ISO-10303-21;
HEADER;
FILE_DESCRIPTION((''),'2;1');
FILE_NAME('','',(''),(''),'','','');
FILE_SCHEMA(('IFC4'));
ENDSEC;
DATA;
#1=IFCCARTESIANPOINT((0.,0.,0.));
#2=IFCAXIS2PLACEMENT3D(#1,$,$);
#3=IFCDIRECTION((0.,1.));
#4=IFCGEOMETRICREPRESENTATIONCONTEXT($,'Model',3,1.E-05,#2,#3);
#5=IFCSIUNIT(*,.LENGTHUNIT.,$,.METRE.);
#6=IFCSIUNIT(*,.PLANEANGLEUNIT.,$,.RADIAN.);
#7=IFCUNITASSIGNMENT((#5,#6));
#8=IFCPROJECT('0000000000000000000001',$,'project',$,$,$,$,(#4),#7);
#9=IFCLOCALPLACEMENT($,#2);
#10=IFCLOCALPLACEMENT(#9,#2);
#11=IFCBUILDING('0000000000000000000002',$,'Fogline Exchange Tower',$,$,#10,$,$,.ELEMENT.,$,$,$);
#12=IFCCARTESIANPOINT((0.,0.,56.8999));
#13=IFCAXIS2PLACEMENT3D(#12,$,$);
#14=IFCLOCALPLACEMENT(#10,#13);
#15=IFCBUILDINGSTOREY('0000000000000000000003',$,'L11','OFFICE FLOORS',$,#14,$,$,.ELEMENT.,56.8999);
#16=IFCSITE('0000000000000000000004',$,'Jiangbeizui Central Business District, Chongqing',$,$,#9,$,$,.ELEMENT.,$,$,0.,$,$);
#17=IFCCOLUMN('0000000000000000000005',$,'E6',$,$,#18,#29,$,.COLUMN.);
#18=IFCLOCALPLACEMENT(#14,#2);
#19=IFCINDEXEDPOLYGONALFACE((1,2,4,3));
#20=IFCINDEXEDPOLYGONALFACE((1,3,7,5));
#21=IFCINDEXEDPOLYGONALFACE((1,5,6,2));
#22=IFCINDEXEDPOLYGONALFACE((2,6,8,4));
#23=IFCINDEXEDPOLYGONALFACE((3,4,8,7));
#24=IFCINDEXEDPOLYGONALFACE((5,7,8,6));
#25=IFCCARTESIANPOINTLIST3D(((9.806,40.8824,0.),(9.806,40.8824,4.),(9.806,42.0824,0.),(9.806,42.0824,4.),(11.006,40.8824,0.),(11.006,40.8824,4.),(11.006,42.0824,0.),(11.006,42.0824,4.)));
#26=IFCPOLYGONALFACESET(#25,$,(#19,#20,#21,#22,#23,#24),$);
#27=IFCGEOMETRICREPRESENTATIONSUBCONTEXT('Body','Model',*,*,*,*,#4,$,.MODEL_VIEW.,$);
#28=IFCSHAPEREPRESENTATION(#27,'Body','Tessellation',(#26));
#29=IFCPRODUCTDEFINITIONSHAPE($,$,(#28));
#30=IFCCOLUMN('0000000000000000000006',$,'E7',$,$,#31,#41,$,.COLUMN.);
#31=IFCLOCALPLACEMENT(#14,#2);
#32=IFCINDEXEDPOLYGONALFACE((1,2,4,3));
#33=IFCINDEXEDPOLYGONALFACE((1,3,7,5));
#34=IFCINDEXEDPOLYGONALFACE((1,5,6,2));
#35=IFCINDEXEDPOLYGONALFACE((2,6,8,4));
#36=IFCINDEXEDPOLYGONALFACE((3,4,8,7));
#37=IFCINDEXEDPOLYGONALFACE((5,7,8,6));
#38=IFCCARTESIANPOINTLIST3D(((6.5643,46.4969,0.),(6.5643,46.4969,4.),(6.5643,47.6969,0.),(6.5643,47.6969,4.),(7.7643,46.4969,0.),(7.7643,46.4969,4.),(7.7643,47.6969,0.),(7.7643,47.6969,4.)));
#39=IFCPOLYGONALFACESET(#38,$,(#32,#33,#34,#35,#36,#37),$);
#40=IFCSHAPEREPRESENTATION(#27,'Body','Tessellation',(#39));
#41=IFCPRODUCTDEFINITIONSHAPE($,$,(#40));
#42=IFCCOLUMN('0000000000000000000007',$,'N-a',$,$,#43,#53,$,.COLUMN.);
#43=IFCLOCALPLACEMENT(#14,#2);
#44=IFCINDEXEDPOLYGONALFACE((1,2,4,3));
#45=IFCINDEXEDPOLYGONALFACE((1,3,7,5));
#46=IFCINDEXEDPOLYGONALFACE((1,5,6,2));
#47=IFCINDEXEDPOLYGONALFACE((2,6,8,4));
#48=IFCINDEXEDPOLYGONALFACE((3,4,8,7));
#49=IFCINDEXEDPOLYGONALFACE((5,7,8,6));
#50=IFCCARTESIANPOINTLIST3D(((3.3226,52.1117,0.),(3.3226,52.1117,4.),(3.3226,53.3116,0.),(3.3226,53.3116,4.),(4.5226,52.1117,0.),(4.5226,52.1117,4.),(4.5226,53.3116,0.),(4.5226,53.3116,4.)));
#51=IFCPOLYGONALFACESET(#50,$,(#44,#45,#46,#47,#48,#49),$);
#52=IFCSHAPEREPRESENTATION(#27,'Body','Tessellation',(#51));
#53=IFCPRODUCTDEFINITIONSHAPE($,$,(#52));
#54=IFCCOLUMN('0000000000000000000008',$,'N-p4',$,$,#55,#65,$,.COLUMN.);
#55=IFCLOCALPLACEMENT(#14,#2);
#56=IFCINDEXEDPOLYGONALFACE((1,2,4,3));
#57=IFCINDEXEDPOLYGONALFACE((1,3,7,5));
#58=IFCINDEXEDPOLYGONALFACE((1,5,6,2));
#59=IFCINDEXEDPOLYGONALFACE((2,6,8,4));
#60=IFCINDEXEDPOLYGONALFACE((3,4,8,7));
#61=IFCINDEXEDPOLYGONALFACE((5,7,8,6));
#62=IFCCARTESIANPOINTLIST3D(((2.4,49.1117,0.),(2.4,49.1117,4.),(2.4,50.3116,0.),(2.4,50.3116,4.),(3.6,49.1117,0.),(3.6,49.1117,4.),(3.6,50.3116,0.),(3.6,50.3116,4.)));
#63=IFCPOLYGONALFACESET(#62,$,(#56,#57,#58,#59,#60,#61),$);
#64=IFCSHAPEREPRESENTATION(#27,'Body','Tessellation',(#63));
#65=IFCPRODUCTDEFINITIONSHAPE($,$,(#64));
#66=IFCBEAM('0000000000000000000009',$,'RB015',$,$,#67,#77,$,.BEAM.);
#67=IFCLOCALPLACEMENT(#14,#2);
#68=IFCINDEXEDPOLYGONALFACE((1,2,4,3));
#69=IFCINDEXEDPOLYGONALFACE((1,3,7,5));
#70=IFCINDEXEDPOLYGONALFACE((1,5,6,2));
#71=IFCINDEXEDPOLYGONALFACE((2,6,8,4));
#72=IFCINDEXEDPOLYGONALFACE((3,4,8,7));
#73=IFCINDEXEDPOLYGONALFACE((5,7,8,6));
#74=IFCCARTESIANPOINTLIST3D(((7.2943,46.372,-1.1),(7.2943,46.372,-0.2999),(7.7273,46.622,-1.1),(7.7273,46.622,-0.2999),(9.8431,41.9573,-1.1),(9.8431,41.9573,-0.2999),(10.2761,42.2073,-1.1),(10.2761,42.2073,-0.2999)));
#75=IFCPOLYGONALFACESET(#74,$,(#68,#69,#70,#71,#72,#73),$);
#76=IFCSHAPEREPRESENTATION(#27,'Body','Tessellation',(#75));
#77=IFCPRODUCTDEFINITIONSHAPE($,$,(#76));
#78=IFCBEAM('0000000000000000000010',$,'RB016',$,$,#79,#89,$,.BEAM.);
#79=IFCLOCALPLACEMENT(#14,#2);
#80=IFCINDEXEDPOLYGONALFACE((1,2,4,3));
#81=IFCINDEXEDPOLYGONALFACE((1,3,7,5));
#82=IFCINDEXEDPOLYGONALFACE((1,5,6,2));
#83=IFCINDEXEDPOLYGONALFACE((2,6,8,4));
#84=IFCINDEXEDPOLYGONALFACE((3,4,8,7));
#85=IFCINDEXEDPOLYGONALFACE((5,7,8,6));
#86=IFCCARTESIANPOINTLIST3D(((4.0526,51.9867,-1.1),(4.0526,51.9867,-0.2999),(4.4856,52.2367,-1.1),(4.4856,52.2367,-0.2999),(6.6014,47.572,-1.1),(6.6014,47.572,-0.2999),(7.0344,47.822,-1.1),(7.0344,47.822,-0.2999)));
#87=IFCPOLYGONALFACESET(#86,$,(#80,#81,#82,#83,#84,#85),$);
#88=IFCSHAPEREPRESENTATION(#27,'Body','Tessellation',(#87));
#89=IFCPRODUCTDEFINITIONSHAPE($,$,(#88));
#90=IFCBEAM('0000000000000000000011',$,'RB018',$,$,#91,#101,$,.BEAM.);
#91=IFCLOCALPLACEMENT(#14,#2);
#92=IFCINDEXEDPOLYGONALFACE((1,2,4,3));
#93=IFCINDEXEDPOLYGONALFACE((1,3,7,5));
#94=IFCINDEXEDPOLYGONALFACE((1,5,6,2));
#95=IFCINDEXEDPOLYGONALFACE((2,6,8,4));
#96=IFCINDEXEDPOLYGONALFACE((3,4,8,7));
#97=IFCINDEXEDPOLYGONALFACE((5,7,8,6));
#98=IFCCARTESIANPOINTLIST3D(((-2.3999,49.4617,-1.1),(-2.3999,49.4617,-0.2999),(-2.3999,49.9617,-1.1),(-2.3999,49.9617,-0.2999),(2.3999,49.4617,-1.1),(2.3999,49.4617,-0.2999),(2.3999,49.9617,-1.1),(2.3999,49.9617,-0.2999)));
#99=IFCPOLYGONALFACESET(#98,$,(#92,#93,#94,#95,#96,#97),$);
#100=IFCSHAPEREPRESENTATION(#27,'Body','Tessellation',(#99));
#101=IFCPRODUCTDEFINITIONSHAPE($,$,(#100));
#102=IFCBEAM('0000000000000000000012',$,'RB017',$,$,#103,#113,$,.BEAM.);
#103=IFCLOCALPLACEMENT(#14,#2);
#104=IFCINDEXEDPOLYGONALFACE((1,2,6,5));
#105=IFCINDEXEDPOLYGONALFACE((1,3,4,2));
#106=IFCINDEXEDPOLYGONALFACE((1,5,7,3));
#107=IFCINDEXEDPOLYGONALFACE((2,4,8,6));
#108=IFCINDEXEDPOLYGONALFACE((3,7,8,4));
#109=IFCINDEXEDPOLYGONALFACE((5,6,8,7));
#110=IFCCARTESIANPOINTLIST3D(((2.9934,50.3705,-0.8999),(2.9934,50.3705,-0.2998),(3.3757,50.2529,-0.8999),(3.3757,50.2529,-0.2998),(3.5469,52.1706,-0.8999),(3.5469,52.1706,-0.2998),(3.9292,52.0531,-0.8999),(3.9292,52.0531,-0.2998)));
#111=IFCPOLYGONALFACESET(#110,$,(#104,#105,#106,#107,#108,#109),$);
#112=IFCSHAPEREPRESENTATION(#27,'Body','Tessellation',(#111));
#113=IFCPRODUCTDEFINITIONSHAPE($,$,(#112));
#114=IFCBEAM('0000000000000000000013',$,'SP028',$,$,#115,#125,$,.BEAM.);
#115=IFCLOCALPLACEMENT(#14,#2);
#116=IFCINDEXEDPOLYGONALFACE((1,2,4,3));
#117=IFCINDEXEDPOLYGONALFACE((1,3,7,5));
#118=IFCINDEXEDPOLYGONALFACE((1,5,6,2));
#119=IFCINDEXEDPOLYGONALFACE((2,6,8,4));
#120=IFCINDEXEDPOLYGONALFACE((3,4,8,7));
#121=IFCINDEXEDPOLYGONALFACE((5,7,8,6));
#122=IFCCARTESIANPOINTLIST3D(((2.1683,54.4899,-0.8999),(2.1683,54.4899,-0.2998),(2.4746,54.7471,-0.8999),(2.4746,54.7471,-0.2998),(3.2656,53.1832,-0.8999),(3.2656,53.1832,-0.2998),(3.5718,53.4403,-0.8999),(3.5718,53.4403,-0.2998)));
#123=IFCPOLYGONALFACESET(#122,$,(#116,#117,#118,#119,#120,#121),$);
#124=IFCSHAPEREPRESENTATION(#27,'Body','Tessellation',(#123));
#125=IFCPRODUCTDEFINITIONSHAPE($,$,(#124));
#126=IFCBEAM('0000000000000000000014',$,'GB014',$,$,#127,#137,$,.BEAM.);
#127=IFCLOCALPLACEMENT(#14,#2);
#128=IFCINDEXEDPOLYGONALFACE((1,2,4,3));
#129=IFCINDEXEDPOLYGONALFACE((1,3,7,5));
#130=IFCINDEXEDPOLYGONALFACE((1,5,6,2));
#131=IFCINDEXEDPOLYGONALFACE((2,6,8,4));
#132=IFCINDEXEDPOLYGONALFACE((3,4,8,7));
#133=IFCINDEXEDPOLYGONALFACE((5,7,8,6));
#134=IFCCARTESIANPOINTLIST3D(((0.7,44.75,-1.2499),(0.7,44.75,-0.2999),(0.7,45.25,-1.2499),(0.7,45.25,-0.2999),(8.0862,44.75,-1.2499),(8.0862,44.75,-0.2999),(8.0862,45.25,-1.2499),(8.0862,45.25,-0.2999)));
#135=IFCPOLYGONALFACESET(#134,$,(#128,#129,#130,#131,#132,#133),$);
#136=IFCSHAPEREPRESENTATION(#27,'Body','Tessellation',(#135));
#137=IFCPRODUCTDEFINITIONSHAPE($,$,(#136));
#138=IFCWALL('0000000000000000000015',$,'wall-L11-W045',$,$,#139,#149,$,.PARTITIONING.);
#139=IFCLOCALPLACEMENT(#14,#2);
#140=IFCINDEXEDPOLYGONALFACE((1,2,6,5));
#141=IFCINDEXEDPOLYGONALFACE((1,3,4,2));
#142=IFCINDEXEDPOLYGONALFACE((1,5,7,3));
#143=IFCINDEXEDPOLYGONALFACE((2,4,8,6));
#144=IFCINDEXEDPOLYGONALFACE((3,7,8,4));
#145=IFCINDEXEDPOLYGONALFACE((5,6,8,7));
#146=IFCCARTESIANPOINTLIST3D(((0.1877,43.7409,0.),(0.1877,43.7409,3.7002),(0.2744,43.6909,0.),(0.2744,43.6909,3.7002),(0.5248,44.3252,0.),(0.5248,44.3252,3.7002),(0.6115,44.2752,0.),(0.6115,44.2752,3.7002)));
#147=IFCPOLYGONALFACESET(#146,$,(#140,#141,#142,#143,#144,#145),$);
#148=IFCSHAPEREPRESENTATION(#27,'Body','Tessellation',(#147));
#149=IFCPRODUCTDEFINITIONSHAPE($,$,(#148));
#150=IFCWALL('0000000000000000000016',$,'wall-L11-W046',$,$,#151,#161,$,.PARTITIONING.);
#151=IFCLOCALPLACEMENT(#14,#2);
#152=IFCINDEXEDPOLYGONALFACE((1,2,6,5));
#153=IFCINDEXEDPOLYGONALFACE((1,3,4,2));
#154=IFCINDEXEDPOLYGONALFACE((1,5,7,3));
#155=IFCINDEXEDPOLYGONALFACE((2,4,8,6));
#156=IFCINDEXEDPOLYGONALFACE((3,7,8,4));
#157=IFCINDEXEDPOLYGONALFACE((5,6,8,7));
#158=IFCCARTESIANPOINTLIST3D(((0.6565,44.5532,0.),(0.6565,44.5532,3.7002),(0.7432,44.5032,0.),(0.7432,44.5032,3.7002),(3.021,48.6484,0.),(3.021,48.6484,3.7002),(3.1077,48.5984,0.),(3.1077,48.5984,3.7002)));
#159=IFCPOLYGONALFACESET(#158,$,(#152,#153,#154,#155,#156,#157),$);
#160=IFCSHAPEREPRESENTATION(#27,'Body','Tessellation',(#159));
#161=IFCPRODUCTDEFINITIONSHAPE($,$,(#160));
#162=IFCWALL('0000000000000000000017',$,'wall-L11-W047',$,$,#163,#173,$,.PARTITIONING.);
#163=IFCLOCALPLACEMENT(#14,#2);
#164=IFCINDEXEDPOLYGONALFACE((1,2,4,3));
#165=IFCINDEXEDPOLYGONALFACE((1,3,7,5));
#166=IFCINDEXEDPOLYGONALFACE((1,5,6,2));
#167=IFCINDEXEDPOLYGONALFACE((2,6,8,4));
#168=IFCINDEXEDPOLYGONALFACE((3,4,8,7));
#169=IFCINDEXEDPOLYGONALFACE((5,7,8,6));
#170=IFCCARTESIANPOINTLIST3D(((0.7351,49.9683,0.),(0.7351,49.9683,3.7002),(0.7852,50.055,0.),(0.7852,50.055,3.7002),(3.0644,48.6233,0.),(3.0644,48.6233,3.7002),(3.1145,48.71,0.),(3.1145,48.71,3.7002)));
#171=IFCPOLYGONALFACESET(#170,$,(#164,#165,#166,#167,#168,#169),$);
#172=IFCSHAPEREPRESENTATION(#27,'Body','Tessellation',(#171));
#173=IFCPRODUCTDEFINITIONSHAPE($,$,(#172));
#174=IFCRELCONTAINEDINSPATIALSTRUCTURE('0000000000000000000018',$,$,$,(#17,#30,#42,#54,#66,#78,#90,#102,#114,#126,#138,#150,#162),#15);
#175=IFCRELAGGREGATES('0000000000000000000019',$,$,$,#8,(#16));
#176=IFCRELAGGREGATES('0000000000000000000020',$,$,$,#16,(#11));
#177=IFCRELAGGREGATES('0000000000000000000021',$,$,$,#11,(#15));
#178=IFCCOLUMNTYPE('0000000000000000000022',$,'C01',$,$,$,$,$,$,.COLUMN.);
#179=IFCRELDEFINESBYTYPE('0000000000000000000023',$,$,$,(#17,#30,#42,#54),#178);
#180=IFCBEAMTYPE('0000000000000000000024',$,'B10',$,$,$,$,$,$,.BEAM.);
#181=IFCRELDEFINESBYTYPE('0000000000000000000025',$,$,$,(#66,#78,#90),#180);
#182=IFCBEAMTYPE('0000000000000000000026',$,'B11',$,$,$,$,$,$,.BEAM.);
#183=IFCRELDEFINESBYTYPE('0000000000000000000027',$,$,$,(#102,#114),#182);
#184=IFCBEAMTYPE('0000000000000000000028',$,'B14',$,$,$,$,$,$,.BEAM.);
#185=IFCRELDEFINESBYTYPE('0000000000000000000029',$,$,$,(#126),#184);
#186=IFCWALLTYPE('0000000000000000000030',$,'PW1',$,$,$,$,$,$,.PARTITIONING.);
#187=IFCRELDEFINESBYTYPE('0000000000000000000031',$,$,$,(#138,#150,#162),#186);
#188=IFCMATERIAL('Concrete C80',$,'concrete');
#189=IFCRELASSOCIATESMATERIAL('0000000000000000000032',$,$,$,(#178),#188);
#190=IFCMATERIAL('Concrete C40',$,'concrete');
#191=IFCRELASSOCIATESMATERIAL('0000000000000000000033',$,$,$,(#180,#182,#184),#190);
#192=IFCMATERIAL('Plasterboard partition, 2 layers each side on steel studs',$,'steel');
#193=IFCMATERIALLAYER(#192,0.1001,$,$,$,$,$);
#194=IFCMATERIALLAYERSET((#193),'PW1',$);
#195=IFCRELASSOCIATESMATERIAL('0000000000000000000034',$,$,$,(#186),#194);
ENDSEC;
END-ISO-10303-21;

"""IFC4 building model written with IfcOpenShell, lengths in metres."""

from ifc_helpers import new_model, si_unit, direction, frame, frame_2d, origin, origin_2d, place, context, subcontext, project, spatial, rectangle, extrude, material, layer, layer_set, material_profile, profile_set, type_object, element, save


model = new_model("IFC4")

# Units and contexts
model_context = context("Model", 3, precision=1e-05, world=origin(), true_north=direction((0.0, 1.0)))
body_context = subcontext(model_context, "Body", "Model", "MODEL_VIEW")
ifc_project = project(units=[si_unit("LENGTHUNIT", "METRE"), si_unit("PLANEANGLEUNIT", "RADIAN")], contexts=[model_context])

# Site, building, storey
site_placement = place(None, origin())
site = spatial("IfcSite", under=ifc_project, at=site_placement, Name="Jiangbeizui Central Business District, Chongqing", CompositionType="ELEMENT", RefElevation=0.0)
building_placement = place(site_placement, origin())
building = spatial("IfcBuilding", under=site, at=building_placement, Name="Fogline Exchange Tower", CompositionType="ELEMENT")
storey_placement = place(building_placement, frame((0.0, 0.0, 56.8999)))
storey = spatial("IfcBuildingStorey", under=building, at=storey_placement, Name="L11", Description="OFFICE FLOORS", CompositionType="ELEMENT", Elevation=56.8999)

# Columns
ifc_material_1 = material(Name="Concrete C80", Category="concrete")
ifc_material_profile_1 = material_profile(ifc_material_1, rectangle(XDim=1.2, YDim=1.2, at=origin_2d()), Name="RC 1200x1200")
ifc_profile_set_1 = profile_set([ifc_material_profile_1], Name="Concrete C80")
column_type = type_object("IfcColumnType", Name="C01", PredefinedType="COLUMN", material=ifc_profile_set_1)
for number, where, z_axis, x_axis, name in (
    (1, (10.406, 41.4824, 0.0), (0.0, 0.0, 1.0), (1.0, 0.0, 0.0), "E6"),
    (2, (7.1643, 47.0969, 0.0), (0.0, 0.0, 1.0), (1.0, 0.0, 0.0), "E7"),
    (3, (3.9226, 52.7117, 0.0), (0.0, 0.0, 1.0), (1.0, 0.0, 0.0), "N-a"),
    (4, (3.0, 49.7117, 0.0), (0.0, 0.0, 1.0), (1.0, 0.0, 0.0), "N-p4"),
):
    element("IfcColumn", number, at=place(storey_placement, frame(where, z_axis=z_axis, x_axis=x_axis)), inside=storey, type_object=column_type, Name=name, PredefinedType="COLUMN", context=body_context, shape_type="SweptSolid", body=[
        extrude(rectangle(XDim=1.2, YDim=1.2, at=origin_2d()), origin(), (0.0, 0.0, 1.0), 4.0),
    ])

# Beams
ifc_material_2 = material(Name="Concrete C40", Category="concrete")
ifc_material_profile_2 = material_profile(ifc_material_2, rectangle(XDim=0.5, YDim=0.8, at=origin_2d()), Name="RC 500x800")
ifc_profile_set_2 = profile_set([ifc_material_profile_2], Name="Concrete C40")
beam_type_1 = type_object("IfcBeamType", Name="B10", PredefinedType="BEAM", material=ifc_profile_set_2)
for number, where, z_axis, x_axis, name in (
    (5, (10.0596, 42.0823, -0.7), (-0.499992, 0.86603, 0.0), (-0.86603, -0.499992, 0.0), "RB015"),
    (6, (6.8179, 47.697, -0.7), (-0.499992, 0.86603, 0.0), (-0.86603, -0.499992, 0.0), "RB016"),
):
    element("IfcBeam", number, at=place(storey_placement, frame(where, z_axis=z_axis, x_axis=x_axis)), inside=storey, type_object=beam_type_1, Name=name, PredefinedType="BEAM", context=body_context, shape_type="SweptSolid", body=[
        extrude(rectangle(XDim=0.5, YDim=0.8, at=origin_2d()), origin(), (0.0, 0.0, 1.0), 5.0977),
    ])
beam_1_placement = place(storey_placement, frame((2.3999, 49.7117, -0.7), z_axis=(-1.0, 0.0, 0.0), x_axis=(0.0, -1.0, 0.0)))
element("IfcBeam", 7, at=beam_1_placement, inside=storey, type_object=beam_type_1, Name="RB018", PredefinedType="BEAM", context=body_context, shape_type="SweptSolid", body=[
    extrude(rectangle(XDim=0.5, YDim=0.8, at=origin_2d()), origin(), (0.0, 0.0, 1.0), 4.7998),
])
ifc_material_profile_3 = material_profile(ifc_material_2, rectangle(XDim=0.3999, YDim=0.6001, at=origin_2d()), Name="RC 400x600")
ifc_profile_set_3 = profile_set([ifc_material_profile_3], Name="Concrete C40")
beam_type_2 = type_object("IfcBeamType", Name="B11", PredefinedType="BEAM", material=ifc_profile_set_3)
beam_2_placement = place(storey_placement, frame((3.738, 52.1118, -0.5999), z_axis=(-0.293895, -0.955838, 0.0), x_axis=(0.955838, -0.293895, 0.0)))
element("IfcBeam", 8, at=beam_2_placement, inside=storey, type_object=beam_type_2, Name="RB017", PredefinedType="BEAM", context=body_context, shape_type="SweptSolid", body=[
    extrude(rectangle(XDim=0.3999, YDim=0.6001, at=origin_2d()), origin(), (0.0, 0.0, 1.0), 1.8833),
])
beam_3_placement = place(storey_placement, frame((3.4187, 53.3118, -0.5999), z_axis=(-0.643051, 0.765823, 0.0), x_axis=(-0.765823, -0.643051, 0.0)))
element("IfcBeam", 9, at=beam_3_placement, inside=storey, type_object=beam_type_2, Name="SP028", PredefinedType="BEAM", context=body_context, shape_type="SweptSolid", body=[
    extrude(rectangle(XDim=0.3999, YDim=0.6001, at=origin_2d()), origin(), (0.0, 0.0, 1.0), 1.7063),
])
ifc_material_profile_4 = material_profile(ifc_material_2, rectangle(XDim=0.5, YDim=0.95, at=origin_2d()), Name="RC 500x950")
ifc_profile_set_4 = profile_set([ifc_material_profile_4], Name="Concrete C40")
beam_type_3 = type_object("IfcBeamType", Name="B14", PredefinedType="BEAM", material=ifc_profile_set_4)
beam_4_placement = place(storey_placement, frame((0.7, 45.0, -0.7749), z_axis=(1.0, 0.0, 0.0), x_axis=(0.0, 1.0, 0.0)))
element("IfcBeam", 10, at=beam_4_placement, inside=storey, type_object=beam_type_3, Name="GB014", PredefinedType="BEAM", context=body_context, shape_type="SweptSolid", body=[
    extrude(rectangle(XDim=0.5, YDim=0.95, at=origin_2d()), origin(), (0.0, 0.0, 1.0), 7.3862),
])

# Walls
ifc_material_3 = material(Name="Plasterboard partition, 2 layers each side on steel studs", Category="steel")
ifc_layer_1 = layer(ifc_material_3, 0.1001)
ifc_layer_set_1 = layer_set([ifc_layer_1], Name="PW1")
wall_type_1 = type_object("IfcWallType", Name="PW1", PredefinedType="PARTITIONING", material=ifc_layer_set_1)
wall_1_placement = place(storey_placement, frame((0.231, 43.7158, 0.0), z_axis=(0.0, 0.0, 1.0), x_axis=(0.499837, 0.866119, 0.0)))
element("IfcWall", 11, at=wall_1_placement, inside=storey, type_object=wall_type_1, Name="wall-L11-W045", PredefinedType="PARTITIONING", context=body_context, shape_type="SweptSolid", body=[
    extrude(rectangle(XDim=0.6746, YDim=0.1001, at=frame_2d((0.3374, 0.0))), origin(), (0.0, 0.0, 1.0), 3.7002),
])
wall_2_placement = place(storey_placement, frame((0.7, 44.5283, 0.0), z_axis=(0.0, 0.0, 1.0), x_axis=(0.50002, 0.866014, 0.0)))
element("IfcWall", 12, at=wall_2_placement, inside=storey, type_object=wall_type_1, Name="wall-L11-W046", PredefinedType="PARTITIONING", context=body_context, shape_type="SweptSolid", body=[
    extrude(rectangle(XDim=4.7288, YDim=0.1001, at=frame_2d((2.3643, 0.0))), origin(), (0.0, 0.0, 1.0), 3.7002),
])
wall_3_placement = place(storey_placement, frame((3.0894, 48.6667, 0.0), z_axis=(0.0, 0.0, 1.0), x_axis=(-0.866006, 0.500034, 0.0)))
element("IfcWall", 13, at=wall_3_placement, inside=storey, type_object=wall_type_1, Name="wall-L11-W047", PredefinedType="PARTITIONING", context=body_context, shape_type="SweptSolid", body=[
    extrude(rectangle(XDim=2.6897, YDim=0.1001, at=frame_2d((1.3447, 0.0))), origin(), (0.0, 0.0, 1.0), 3.7002),
])

save(model, "model.ifc")
